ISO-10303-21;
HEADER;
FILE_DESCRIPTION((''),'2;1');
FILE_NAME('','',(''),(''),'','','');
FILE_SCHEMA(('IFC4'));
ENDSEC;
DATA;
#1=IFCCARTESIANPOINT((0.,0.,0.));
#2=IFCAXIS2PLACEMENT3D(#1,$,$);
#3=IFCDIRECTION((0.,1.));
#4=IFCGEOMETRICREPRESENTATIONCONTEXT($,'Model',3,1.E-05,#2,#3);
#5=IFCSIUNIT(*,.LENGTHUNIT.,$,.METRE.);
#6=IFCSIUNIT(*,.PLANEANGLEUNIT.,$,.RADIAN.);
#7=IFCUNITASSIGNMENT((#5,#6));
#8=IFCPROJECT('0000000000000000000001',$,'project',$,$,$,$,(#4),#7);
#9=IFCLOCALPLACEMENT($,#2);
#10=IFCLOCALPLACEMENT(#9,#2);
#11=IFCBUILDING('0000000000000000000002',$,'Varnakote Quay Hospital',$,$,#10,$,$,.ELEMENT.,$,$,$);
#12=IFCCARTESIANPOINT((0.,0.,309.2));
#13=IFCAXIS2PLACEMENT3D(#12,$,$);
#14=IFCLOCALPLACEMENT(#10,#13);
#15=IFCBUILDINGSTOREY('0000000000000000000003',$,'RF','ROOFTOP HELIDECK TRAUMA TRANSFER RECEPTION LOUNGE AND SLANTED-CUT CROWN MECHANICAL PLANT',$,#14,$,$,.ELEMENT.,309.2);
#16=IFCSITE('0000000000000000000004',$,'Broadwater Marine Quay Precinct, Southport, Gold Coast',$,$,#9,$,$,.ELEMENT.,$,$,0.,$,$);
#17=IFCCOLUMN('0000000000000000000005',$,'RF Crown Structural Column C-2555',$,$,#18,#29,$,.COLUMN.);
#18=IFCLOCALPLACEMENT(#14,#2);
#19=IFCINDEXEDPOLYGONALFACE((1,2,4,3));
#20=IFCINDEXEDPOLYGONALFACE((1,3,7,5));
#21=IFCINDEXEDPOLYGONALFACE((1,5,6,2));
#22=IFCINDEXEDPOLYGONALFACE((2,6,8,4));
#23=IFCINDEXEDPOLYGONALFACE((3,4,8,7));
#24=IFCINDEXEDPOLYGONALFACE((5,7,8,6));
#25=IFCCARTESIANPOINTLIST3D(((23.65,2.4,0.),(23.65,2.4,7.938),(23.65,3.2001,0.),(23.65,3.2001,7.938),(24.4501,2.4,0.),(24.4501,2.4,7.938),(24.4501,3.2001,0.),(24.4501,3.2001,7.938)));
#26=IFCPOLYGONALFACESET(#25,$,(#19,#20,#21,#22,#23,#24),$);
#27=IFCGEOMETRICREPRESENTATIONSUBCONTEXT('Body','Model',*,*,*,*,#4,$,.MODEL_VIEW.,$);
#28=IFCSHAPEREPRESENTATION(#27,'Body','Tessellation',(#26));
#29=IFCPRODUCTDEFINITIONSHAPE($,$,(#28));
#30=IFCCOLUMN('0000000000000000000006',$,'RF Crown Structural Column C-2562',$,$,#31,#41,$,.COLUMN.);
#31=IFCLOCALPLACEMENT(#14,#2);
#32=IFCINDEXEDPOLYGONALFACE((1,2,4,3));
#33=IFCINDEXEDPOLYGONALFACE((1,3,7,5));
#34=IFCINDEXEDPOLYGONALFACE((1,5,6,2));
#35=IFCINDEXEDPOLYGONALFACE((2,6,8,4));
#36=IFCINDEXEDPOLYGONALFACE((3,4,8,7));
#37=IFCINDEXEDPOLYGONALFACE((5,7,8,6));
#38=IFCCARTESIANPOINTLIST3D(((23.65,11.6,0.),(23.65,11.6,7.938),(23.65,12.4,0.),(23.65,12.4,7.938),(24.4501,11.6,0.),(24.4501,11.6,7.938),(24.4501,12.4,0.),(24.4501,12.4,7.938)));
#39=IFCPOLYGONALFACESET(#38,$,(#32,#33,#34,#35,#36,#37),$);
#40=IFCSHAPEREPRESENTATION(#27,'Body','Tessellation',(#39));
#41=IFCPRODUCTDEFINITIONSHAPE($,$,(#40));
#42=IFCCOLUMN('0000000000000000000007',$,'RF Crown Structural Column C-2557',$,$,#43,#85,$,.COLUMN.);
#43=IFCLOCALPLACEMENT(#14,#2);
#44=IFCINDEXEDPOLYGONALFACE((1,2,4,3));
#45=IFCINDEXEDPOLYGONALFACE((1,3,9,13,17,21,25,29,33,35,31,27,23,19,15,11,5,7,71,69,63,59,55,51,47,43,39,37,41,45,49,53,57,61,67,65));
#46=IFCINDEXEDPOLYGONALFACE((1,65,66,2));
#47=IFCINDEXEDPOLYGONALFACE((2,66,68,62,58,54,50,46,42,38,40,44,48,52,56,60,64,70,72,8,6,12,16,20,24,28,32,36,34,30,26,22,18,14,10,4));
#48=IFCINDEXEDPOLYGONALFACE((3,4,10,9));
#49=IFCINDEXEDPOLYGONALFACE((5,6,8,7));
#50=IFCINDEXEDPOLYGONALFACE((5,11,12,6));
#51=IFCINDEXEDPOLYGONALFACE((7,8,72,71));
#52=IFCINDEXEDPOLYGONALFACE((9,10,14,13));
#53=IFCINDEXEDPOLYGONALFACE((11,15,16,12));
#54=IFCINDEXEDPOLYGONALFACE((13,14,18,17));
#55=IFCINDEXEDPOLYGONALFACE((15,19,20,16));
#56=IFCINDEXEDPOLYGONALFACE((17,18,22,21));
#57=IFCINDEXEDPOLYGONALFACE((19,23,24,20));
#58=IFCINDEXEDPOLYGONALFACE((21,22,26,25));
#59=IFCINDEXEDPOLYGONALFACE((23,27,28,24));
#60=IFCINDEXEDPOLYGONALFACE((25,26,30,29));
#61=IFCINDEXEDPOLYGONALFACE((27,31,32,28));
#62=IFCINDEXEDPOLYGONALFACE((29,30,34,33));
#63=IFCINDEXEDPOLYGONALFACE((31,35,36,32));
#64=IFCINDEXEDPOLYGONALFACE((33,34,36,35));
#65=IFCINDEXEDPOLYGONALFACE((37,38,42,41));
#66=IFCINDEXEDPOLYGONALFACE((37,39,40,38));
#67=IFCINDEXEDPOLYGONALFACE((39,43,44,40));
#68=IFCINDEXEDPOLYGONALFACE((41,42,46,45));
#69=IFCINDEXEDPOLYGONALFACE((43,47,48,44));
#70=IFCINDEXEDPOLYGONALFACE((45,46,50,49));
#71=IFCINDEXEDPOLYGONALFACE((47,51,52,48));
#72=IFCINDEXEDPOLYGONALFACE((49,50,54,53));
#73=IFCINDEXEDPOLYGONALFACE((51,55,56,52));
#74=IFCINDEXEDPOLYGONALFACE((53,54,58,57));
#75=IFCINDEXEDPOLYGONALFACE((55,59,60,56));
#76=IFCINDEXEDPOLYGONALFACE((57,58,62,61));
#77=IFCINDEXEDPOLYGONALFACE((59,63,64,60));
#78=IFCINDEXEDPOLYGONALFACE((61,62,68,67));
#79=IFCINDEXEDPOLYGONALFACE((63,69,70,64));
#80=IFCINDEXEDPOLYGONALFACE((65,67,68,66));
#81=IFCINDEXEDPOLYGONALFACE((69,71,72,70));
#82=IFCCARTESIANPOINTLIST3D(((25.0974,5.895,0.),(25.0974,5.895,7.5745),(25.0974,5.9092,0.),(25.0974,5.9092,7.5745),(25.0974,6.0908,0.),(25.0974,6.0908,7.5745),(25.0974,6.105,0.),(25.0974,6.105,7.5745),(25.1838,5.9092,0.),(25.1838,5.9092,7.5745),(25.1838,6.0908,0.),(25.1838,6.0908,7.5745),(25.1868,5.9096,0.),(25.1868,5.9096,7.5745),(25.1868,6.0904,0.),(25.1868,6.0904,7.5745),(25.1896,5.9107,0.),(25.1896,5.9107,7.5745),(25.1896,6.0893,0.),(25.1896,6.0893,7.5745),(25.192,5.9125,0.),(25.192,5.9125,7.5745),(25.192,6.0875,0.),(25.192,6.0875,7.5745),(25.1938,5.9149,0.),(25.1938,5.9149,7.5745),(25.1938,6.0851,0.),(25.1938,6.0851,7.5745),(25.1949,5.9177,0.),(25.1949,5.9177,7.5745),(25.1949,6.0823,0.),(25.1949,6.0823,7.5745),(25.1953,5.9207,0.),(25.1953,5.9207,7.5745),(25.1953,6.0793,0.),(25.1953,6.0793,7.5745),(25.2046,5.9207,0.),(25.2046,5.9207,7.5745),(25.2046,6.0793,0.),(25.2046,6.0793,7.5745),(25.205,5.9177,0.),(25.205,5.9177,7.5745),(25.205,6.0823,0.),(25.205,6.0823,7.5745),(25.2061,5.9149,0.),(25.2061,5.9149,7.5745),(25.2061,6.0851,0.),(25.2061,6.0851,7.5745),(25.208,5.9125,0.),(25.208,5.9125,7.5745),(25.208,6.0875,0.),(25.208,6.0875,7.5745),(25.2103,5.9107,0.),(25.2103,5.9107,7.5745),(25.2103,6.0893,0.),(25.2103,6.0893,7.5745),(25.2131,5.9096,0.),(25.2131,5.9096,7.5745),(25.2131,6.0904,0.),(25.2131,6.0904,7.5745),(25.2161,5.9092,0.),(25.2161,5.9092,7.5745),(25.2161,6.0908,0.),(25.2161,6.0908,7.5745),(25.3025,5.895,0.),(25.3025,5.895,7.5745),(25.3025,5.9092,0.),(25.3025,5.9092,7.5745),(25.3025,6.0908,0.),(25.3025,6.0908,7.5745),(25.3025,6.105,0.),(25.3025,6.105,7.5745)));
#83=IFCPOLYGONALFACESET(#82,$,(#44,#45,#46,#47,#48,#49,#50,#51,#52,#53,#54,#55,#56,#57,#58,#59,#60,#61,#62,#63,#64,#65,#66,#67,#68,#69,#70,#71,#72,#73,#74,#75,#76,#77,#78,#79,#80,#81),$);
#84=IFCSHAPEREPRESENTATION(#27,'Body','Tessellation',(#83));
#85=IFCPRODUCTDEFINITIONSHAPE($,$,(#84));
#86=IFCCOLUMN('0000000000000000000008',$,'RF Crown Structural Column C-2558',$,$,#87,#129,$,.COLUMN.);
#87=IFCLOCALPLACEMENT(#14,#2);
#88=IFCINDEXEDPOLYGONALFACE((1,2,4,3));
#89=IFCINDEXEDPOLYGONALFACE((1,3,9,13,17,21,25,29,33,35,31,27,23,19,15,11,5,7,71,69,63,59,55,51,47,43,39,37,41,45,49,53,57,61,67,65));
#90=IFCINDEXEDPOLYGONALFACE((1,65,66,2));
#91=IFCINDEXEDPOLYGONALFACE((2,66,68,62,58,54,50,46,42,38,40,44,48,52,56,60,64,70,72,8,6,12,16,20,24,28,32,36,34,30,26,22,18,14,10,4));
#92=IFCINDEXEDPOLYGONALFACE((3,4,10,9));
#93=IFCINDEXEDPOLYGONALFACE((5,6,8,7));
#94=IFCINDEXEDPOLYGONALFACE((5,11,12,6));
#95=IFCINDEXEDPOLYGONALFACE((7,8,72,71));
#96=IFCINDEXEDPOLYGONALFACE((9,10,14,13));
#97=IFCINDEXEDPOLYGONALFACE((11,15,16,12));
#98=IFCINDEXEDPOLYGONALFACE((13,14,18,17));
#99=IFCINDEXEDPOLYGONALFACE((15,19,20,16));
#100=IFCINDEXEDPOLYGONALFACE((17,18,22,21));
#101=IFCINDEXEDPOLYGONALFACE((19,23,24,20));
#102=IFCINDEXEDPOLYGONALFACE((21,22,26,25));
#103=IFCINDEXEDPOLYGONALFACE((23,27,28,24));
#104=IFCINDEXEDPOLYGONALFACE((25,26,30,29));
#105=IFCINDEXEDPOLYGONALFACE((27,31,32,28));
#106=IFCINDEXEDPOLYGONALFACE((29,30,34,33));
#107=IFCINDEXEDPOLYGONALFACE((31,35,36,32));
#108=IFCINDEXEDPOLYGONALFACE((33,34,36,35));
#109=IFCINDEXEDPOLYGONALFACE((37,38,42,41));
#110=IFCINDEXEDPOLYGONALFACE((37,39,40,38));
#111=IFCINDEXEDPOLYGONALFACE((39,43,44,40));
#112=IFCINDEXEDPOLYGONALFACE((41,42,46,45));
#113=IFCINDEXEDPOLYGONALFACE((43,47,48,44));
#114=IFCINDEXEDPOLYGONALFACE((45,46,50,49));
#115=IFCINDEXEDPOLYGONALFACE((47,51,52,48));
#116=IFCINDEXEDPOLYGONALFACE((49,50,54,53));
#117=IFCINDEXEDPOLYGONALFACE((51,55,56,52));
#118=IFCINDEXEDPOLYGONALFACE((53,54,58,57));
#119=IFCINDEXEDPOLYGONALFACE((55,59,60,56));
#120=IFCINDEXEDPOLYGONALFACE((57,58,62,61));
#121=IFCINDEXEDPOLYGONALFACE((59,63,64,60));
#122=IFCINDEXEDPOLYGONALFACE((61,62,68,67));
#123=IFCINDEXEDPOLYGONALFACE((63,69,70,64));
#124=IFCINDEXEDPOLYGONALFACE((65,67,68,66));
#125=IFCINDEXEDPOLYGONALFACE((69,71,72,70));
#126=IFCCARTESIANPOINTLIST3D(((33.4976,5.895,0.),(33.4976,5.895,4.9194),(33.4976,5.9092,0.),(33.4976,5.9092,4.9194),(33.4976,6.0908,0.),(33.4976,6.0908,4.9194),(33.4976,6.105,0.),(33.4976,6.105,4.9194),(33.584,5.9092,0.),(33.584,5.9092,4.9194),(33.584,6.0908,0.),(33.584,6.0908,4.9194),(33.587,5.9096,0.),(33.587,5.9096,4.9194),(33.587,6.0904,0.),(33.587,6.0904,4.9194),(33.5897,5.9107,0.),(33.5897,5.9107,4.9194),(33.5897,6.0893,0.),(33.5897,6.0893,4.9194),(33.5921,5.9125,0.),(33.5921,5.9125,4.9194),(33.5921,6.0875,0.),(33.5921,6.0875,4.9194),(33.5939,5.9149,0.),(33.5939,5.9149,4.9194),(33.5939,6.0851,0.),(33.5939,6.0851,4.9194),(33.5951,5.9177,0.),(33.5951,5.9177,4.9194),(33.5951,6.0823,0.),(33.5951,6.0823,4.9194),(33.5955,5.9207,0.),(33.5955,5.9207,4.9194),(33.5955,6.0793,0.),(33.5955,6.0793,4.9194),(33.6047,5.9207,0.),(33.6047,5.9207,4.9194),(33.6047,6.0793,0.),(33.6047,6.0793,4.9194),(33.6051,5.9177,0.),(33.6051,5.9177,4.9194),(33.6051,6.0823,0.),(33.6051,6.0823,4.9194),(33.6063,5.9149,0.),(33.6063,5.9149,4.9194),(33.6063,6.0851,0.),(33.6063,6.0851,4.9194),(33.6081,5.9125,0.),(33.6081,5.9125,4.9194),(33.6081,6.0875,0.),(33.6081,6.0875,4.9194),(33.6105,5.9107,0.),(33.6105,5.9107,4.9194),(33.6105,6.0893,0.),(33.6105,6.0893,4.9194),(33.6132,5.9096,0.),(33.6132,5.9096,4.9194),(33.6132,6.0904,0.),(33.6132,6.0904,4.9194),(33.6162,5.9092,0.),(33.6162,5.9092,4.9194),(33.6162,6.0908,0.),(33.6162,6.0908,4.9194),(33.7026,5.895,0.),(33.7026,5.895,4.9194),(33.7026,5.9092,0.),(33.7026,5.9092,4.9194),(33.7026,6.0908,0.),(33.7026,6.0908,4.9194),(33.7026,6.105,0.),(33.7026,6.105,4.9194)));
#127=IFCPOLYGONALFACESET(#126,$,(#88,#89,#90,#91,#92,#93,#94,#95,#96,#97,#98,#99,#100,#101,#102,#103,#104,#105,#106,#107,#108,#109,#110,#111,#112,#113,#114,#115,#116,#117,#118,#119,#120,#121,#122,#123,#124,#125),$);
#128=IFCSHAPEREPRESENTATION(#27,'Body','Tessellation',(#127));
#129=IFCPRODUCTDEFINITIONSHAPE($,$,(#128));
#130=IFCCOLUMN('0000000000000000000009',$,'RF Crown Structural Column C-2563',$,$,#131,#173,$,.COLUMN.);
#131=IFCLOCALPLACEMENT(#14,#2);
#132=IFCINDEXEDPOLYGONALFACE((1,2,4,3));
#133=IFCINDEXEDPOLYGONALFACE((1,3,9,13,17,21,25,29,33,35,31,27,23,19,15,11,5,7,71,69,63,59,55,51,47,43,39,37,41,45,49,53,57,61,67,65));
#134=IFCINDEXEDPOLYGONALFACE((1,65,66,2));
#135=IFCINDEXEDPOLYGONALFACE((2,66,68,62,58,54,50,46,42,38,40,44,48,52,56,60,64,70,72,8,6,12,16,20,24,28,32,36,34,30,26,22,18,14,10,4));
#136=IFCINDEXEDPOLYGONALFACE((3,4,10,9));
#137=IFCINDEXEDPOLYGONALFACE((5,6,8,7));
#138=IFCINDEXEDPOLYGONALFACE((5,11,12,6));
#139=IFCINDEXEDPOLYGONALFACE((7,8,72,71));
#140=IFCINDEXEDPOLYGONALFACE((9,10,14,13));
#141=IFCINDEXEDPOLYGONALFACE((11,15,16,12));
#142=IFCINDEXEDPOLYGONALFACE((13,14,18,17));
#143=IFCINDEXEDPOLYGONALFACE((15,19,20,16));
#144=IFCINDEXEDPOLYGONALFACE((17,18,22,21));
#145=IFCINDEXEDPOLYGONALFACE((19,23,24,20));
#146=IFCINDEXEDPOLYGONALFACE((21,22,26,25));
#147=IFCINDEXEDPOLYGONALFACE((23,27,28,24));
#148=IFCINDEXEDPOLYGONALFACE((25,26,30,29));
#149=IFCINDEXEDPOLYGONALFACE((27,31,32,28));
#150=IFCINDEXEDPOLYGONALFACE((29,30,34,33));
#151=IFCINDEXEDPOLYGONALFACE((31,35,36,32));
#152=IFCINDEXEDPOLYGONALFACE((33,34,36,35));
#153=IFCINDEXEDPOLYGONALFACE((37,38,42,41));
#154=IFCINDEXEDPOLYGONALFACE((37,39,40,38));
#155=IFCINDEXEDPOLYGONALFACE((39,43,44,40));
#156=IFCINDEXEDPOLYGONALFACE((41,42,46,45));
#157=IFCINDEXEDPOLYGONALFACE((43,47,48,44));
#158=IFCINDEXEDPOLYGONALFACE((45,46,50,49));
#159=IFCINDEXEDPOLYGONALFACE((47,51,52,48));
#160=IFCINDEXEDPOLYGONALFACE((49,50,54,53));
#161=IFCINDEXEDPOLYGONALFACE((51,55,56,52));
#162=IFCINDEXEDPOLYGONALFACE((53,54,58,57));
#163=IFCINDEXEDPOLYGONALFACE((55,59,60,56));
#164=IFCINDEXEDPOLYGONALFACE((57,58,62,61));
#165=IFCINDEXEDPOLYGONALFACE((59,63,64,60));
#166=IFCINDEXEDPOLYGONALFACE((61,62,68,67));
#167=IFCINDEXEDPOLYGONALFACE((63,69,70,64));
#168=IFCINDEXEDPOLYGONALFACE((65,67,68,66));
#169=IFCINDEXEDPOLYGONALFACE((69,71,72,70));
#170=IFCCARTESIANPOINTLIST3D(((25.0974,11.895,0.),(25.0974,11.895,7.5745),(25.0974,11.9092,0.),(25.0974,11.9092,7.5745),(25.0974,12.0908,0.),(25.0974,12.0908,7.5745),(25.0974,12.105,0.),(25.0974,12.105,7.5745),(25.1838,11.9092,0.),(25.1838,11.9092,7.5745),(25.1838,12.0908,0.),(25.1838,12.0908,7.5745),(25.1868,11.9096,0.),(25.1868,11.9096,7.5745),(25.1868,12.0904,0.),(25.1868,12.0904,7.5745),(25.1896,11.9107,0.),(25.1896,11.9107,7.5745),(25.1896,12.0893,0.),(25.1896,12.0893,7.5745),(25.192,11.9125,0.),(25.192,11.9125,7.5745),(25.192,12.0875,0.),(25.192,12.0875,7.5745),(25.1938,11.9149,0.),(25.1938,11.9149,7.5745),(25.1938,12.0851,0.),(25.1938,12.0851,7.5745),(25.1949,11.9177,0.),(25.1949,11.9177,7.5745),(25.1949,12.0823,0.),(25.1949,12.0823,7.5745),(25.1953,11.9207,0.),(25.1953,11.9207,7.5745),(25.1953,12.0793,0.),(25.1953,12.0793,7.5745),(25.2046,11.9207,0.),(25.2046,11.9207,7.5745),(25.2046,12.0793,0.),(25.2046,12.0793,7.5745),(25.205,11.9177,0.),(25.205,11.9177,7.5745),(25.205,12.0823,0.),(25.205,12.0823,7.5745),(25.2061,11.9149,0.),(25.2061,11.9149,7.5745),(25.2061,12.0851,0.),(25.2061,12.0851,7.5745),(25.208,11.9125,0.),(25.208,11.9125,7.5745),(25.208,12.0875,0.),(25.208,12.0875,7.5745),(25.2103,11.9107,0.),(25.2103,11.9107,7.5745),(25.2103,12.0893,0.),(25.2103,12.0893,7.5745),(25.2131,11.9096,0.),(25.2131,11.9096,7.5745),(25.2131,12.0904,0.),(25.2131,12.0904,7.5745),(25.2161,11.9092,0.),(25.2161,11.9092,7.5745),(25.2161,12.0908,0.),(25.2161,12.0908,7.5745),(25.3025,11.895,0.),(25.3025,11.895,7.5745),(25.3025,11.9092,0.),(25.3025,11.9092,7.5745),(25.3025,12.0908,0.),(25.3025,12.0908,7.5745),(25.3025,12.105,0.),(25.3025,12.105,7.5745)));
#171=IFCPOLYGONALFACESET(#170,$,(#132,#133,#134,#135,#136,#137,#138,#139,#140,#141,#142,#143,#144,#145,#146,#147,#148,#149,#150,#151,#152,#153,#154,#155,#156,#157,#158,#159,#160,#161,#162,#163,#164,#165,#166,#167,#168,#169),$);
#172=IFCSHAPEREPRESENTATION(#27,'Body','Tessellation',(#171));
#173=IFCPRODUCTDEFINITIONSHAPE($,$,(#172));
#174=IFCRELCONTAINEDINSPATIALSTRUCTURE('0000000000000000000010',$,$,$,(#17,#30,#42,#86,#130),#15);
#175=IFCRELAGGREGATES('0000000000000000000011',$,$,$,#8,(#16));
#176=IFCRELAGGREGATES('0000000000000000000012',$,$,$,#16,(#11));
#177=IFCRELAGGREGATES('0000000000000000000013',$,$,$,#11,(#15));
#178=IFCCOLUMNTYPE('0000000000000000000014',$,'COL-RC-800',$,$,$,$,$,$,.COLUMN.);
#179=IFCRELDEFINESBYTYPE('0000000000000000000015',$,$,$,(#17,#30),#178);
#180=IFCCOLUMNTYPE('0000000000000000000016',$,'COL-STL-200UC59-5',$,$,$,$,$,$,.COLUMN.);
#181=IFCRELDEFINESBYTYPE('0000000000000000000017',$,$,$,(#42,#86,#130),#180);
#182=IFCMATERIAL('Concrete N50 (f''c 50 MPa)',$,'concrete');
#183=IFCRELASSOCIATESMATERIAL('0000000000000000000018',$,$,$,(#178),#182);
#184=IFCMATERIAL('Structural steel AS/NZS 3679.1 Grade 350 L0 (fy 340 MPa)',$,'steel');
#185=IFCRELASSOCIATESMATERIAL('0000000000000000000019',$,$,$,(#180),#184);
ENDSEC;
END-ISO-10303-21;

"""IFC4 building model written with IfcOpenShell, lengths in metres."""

from ifc_helpers import new_model, si_unit, direction, frame, origin, origin_2d, place, context, subcontext, project, spatial, rectangle, i_section, extrude, material, material_profile, profile_set, type_object, element, save


model = new_model("IFC4")

# Units and contexts
model_context = context("Model", 3, precision=1e-05, world=origin(), true_north=direction((0.0, 1.0)))
body_context = subcontext(model_context, "Body", "Model", "MODEL_VIEW")
ifc_project = project(units=[si_unit("LENGTHUNIT", "METRE"), si_unit("PLANEANGLEUNIT", "RADIAN")], contexts=[model_context])

# Site, building, storey
site_placement = place(None, origin())
site = spatial("IfcSite", under=ifc_project, at=site_placement, Name="Broadwater Marine Quay Precinct, Southport, Gold Coast", CompositionType="ELEMENT", RefElevation=0.0)
building_placement = place(site_placement, origin())
building = spatial("IfcBuilding", under=site, at=building_placement, Name="Varnakote Quay Hospital", CompositionType="ELEMENT")
storey_placement = place(building_placement, frame((0.0, 0.0, 309.2)))
storey = spatial("IfcBuildingStorey", under=building, at=storey_placement, Name="RF", Description="ROOFTOP HELIDECK TRAUMA TRANSFER RECEPTION LOUNGE AND SLANTED-CUT CROWN MECHANICAL PLANT", CompositionType="ELEMENT", Elevation=309.2)

# Columns
ifc_material_1 = material(Name="Concrete N50 (f'c 50 MPa)", Category="concrete")
ifc_material_profile_1 = material_profile(ifc_material_1, rectangle(XDim=0.8, YDim=0.8, at=origin_2d()), Name="RC-COL-800x800")
ifc_profile_set_1 = profile_set([ifc_material_profile_1], Name="Concrete N50 (f'c 50 MPa)")
column_type_1 = type_object("IfcColumnType", Name="COL-RC-800", PredefinedType="COLUMN", material=ifc_profile_set_1)
for number, where, z_axis, x_axis, name in (
    (1, (24.05, 2.8, 0.0), (0.0, 0.0, 1.0), (1.0, 0.0, 0.0), "RF Crown Structural Column C-2555"),
    (2, (24.05, 12.0, 0.0), (0.0, 0.0, 1.0), (1.0, 0.0, 0.0), "RF Crown Structural Column C-2562"),
):
    element("IfcColumn", number, at=place(storey_placement, frame(where, z_axis=z_axis, x_axis=x_axis)), inside=storey, type_object=column_type_1, Name=name, PredefinedType="COLUMN", context=body_context, shape_type="SweptSolid", body=[
        extrude(rectangle(XDim=0.8, YDim=0.8, at=origin_2d()), origin(), (0.0, 0.0, 1.0), 7.938),
    ])
ifc_material_2 = material(Name="Structural steel AS/NZS 3679.1 Grade 350 L0 (fy 340 MPa)", Category="steel")
ifc_material_profile_2 = material_profile(ifc_material_2, i_section(OverallWidth=0.2051, OverallDepth=0.21, WebThickness=0.0093, FlangeThickness=0.0142, FilletRadius=0.0115, at=origin_2d()), Name="200UC59.5")
ifc_profile_set_2 = profile_set([ifc_material_profile_2], Name="Structural steel AS/NZS 3679.1 Grade 350 L0 (fy 340 MPa)")
column_type_2 = type_object("IfcColumnType", Name="COL-STL-200UC59-5", PredefinedType="COLUMN", material=ifc_profile_set_2)
column_1_placement = place(storey_placement, frame((25.2, 6.0, 0.0), z_axis=(0.0, 0.0, 1.0), x_axis=(1.0, 0.0, 0.0)))
element("IfcColumn", 3, at=column_1_placement, inside=storey, type_object=column_type_2, Name="RF Crown Structural Column C-2557", PredefinedType="COLUMN", context=body_context, shape_type="SweptSolid", body=[
    extrude(i_section(OverallWidth=0.2051, OverallDepth=0.21, WebThickness=0.0093, FlangeThickness=0.0142, FilletRadius=0.0115, at=origin_2d()), origin(), (0.0, 0.0, 1.0), 7.5745),
])
column_2_placement = place(storey_placement, frame((33.6001, 6.0, 0.0), z_axis=(0.0, 0.0, 1.0), x_axis=(1.0, 0.0, 0.0)))
element("IfcColumn", 4, at=column_2_placement, inside=storey, type_object=column_type_2, Name="RF Crown Structural Column C-2558", PredefinedType="COLUMN", context=body_context, shape_type="SweptSolid", body=[
    extrude(i_section(OverallWidth=0.2051, OverallDepth=0.21, WebThickness=0.0093, FlangeThickness=0.0142, FilletRadius=0.0115, at=origin_2d()), origin(), (0.0, 0.0, 1.0), 4.9194),
])
column_3_placement = place(storey_placement, frame((25.2, 12.0, 0.0), z_axis=(0.0, 0.0, 1.0), x_axis=(1.0, 0.0, 0.0)))
element("IfcColumn", 5, at=column_3_placement, inside=storey, type_object=column_type_2, Name="RF Crown Structural Column C-2563", PredefinedType="COLUMN", context=body_context, shape_type="SweptSolid", body=[
    extrude(i_section(OverallWidth=0.2051, OverallDepth=0.21, WebThickness=0.0093, FlangeThickness=0.0142, FilletRadius=0.0115, at=origin_2d()), origin(), (0.0, 0.0, 1.0), 7.5745),
])

save(model, "model.ifc")
